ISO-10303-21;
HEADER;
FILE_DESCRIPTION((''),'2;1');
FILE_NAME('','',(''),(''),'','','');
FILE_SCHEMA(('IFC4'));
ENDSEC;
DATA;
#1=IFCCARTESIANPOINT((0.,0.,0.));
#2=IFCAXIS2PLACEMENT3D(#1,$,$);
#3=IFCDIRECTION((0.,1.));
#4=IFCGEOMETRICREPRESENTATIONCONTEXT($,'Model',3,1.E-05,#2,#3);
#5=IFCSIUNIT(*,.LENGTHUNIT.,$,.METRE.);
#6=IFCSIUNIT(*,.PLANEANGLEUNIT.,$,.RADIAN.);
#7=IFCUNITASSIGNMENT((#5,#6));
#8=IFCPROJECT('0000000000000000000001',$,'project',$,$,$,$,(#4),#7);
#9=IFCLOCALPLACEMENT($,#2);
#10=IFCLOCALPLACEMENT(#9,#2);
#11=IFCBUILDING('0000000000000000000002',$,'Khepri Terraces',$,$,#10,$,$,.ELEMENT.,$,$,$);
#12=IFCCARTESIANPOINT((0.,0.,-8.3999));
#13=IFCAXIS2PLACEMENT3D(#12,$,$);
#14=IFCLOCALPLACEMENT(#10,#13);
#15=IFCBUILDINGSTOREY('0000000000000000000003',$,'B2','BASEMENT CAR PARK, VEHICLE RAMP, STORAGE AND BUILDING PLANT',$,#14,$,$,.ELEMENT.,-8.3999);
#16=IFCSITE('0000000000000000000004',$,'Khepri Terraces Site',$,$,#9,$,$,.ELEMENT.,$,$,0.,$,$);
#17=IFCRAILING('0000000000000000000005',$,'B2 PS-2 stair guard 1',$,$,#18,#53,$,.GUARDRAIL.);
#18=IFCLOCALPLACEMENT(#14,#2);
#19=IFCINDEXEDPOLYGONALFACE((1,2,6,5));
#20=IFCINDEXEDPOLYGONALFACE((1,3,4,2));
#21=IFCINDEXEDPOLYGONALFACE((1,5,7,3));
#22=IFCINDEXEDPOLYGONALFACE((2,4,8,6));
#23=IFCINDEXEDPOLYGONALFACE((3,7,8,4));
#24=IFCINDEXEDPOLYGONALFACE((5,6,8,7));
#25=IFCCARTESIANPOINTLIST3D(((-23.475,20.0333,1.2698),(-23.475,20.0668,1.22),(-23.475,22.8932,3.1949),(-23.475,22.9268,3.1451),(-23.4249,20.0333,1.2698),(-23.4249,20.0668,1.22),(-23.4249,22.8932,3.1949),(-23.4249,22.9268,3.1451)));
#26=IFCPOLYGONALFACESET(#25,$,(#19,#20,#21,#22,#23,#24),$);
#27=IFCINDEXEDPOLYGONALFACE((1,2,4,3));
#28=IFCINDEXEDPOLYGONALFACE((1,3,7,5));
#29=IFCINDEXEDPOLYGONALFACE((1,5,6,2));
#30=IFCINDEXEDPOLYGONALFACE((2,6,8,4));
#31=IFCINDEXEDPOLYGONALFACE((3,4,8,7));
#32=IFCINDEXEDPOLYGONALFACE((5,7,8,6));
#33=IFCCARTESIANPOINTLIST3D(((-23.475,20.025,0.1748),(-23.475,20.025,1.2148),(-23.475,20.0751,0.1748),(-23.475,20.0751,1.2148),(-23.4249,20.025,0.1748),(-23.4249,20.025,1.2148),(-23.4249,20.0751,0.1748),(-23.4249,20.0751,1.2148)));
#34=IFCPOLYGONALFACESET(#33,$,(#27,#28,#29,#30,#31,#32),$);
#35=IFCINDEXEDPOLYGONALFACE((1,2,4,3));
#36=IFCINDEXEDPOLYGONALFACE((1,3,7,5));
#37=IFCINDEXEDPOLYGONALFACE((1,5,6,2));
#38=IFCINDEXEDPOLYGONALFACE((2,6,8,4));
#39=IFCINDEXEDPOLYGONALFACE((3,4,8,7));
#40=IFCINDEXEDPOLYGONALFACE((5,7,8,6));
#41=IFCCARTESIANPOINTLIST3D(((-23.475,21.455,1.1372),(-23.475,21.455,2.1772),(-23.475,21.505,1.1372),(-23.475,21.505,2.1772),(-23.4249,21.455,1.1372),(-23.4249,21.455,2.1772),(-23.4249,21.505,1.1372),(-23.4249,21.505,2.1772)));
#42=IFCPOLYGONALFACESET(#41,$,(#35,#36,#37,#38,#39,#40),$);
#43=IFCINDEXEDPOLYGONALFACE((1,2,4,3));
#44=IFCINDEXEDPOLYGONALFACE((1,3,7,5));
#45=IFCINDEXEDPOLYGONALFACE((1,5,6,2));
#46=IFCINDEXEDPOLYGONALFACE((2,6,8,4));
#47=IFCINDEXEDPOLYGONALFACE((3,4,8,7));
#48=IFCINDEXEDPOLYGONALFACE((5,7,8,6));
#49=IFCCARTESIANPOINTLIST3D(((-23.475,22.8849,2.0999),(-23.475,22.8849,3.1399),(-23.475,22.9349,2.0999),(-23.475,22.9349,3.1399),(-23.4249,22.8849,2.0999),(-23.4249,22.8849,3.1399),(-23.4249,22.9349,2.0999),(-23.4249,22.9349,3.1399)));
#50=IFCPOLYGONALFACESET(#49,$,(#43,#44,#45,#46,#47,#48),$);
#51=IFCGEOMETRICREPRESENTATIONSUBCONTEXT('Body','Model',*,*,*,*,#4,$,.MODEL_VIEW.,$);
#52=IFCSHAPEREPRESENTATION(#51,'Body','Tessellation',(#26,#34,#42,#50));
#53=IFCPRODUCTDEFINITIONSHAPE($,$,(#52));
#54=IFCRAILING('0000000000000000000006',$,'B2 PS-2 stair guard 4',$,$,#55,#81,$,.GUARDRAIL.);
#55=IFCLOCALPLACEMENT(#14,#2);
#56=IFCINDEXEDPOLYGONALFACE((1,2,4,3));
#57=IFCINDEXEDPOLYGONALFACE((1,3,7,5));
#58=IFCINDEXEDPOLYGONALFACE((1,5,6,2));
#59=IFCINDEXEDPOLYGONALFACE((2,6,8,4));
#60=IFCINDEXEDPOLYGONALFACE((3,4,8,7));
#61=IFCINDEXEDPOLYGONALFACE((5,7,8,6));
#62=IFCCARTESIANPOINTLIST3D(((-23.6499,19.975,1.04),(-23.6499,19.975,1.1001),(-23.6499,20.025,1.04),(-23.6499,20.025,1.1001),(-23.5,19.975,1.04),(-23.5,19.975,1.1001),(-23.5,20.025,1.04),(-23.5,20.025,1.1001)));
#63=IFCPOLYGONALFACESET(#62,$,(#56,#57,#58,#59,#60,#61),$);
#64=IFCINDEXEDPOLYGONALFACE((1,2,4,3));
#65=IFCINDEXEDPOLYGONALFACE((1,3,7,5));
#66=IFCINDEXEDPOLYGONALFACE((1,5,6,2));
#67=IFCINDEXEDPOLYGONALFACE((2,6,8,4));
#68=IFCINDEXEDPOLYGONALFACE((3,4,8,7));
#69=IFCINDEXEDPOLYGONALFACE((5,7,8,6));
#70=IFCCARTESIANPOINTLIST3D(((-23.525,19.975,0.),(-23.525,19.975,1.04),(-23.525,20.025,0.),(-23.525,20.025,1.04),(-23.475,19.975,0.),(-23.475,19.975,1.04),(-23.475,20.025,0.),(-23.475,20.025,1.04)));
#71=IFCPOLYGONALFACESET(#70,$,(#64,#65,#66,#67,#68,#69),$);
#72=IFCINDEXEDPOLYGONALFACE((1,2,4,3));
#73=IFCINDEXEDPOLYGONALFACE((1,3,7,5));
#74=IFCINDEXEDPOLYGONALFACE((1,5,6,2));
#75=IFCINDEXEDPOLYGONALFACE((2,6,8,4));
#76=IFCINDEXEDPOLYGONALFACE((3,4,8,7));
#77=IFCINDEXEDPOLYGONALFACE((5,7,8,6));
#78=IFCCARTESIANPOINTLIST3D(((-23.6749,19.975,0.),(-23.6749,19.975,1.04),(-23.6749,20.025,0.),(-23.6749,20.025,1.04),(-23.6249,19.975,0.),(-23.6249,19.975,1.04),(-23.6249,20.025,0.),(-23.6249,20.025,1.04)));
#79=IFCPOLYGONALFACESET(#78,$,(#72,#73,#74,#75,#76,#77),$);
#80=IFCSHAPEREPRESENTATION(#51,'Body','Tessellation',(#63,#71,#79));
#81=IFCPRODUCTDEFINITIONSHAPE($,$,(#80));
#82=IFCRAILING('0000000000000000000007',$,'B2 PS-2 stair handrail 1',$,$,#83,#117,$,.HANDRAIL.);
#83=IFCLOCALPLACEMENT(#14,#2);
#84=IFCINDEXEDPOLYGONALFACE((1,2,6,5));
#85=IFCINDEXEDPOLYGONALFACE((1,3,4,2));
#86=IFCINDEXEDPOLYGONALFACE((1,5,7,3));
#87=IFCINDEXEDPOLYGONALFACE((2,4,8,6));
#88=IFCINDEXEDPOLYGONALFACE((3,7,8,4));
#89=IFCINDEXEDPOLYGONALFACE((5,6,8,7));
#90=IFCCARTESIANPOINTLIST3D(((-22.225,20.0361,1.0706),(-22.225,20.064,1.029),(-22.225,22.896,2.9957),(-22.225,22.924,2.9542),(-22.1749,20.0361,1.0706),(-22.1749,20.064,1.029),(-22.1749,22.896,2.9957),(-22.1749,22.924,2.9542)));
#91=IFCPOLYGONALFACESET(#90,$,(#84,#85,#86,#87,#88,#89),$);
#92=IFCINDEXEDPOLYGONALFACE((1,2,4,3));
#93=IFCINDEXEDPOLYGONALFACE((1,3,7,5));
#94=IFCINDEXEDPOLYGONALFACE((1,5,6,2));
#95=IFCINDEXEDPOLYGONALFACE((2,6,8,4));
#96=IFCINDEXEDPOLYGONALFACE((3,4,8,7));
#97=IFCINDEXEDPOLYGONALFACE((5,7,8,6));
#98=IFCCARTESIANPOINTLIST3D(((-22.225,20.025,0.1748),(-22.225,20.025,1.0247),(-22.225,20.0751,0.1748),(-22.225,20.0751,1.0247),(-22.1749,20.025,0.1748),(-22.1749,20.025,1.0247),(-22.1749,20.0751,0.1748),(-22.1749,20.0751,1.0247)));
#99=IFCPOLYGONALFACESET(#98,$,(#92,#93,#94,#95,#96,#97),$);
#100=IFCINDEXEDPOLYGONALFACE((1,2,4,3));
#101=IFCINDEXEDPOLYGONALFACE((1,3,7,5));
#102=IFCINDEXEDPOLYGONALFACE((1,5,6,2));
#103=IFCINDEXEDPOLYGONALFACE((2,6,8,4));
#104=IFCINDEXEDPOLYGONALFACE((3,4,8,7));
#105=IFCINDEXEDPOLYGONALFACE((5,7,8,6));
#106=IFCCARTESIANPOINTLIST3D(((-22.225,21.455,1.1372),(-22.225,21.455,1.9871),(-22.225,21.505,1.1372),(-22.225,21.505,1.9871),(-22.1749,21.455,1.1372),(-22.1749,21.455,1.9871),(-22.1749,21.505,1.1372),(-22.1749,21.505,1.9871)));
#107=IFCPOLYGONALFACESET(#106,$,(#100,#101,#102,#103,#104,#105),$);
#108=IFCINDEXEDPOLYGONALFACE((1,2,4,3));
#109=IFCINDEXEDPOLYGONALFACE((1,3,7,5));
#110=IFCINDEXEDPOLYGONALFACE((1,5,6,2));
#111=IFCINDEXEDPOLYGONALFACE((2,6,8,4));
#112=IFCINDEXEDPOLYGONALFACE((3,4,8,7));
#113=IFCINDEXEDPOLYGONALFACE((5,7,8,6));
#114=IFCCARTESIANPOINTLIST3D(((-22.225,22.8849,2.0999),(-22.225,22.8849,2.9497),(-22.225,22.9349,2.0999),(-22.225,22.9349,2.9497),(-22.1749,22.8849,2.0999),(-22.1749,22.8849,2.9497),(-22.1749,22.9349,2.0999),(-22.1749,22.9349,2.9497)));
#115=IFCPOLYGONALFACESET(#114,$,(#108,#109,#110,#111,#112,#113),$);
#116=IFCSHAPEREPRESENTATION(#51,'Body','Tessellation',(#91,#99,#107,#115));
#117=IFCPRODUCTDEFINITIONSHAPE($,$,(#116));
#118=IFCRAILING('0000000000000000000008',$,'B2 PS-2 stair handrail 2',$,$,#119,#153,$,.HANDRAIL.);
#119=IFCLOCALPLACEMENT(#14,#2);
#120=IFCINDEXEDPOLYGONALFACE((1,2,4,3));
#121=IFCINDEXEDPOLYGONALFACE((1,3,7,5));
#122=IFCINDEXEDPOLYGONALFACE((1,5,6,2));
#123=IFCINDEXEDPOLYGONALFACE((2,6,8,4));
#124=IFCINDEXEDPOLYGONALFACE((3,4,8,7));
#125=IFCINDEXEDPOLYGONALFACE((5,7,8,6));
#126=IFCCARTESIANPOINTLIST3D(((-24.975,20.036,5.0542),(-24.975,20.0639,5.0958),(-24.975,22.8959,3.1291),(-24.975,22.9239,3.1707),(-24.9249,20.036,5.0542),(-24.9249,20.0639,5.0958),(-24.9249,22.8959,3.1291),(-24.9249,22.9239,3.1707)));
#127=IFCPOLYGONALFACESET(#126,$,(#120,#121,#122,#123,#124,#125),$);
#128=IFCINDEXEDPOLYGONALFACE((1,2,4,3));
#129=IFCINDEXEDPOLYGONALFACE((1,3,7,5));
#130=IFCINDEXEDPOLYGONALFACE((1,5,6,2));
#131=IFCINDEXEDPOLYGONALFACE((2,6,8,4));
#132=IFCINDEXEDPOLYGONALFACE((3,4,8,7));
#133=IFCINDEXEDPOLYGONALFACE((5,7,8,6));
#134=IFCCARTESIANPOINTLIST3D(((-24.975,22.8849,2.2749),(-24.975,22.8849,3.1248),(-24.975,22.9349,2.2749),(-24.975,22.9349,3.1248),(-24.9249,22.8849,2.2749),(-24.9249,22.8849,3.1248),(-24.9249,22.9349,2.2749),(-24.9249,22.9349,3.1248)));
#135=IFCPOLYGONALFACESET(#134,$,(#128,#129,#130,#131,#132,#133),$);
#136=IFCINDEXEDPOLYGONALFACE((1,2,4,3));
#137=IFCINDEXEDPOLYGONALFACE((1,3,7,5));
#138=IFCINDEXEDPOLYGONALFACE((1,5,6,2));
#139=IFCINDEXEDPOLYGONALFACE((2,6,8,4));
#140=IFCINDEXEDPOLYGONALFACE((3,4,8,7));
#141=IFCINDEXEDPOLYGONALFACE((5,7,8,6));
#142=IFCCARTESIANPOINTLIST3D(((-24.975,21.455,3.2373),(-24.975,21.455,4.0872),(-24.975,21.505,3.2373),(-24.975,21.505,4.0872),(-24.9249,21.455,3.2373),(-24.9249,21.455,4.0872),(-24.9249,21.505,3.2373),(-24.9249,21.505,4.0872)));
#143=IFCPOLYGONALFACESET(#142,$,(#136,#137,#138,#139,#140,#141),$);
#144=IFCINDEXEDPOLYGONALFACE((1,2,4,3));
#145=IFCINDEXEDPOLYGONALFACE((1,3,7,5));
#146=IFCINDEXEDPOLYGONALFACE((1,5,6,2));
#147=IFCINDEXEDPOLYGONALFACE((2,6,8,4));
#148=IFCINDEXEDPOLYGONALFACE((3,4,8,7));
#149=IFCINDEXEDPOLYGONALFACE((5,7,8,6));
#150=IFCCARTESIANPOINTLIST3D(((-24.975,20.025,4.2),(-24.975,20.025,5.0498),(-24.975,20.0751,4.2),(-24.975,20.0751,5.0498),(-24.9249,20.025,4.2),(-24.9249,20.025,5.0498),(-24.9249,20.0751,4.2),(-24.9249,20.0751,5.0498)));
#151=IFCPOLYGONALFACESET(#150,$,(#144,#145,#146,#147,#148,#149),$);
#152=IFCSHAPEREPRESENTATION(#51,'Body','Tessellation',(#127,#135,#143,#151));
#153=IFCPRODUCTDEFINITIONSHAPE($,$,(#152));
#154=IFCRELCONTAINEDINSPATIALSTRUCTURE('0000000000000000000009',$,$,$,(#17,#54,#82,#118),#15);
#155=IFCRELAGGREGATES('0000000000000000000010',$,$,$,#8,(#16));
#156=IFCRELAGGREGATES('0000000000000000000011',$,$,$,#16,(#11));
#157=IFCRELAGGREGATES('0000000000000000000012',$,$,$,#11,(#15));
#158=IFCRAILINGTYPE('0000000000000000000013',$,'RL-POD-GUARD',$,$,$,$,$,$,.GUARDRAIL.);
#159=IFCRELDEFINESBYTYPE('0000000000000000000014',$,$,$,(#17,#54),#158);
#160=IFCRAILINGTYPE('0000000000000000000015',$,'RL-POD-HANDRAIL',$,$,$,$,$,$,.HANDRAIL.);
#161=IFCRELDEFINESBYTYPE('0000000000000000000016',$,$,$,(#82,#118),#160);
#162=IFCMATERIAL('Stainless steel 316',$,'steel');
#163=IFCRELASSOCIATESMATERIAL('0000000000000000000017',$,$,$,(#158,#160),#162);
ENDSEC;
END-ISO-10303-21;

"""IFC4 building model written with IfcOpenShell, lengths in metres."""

from ifc_helpers import new_model, si_unit, direction, frame, origin, origin_2d, place, context, subcontext, project, spatial, rectangle, extrude, material, type_object, element, save


model = new_model("IFC4")

# Units and contexts
model_context = context("Model", 3, precision=1e-05, world=origin(), true_north=direction((0.0, 1.0)))
body_context = subcontext(model_context, "Body", "Model", "MODEL_VIEW")
ifc_project = project(units=[si_unit("LENGTHUNIT", "METRE"), si_unit("PLANEANGLEUNIT", "RADIAN")], contexts=[model_context])

# Site, building, storey
site_placement = place(None, origin())
site = spatial("IfcSite", under=ifc_project, at=site_placement, Name="Khepri Terraces Site", CompositionType="ELEMENT", RefElevation=0.0)
building_placement = place(site_placement, origin())
building = spatial("IfcBuilding", under=site, at=building_placement, Name="Khepri Terraces", CompositionType="ELEMENT")
storey_placement = place(building_placement, frame((0.0, 0.0, -8.3999)))
storey = spatial("IfcBuildingStorey", under=building, at=storey_placement, Name="B2", Description="BASEMENT CAR PARK, VEHICLE RAMP, STORAGE AND BUILDING PLANT", CompositionType="ELEMENT", Elevation=-8.3999)

# Railings
ifc_material_1 = material(Name="Stainless steel 316", Category="steel")
railing_type_1 = type_object("IfcRailingType", Name="RL-POD-GUARD", PredefinedType="GUARDRAIL", material=ifc_material_1)
railing_1_placement = place(storey_placement, frame((-23.45, 20.05, 0.1748)))
element("IfcRailing", 1, at=railing_1_placement, inside=storey, type_object=railing_type_1, Name="B2 PS-2 stair guard 1", PredefinedType="GUARDRAIL", context=body_context, shape_type="SweptSolid", body=[
    extrude(rectangle(XDim=0.05, YDim=0.0601, at=origin_2d()), frame((0.0, 0.0, 1.0701), z_axis=(0.0, 0.829569, 0.558404), x_axis=(-1.0, 0.0, 0.0)), (0.0, 0.0, 1.0), 3.4475),
    extrude(rectangle(XDim=0.05, YDim=0.05, at=origin_2d()), origin(), (0.0, 0.0, 1.0), 1.04),
    extrude(rectangle(XDim=0.05, YDim=0.05, at=origin_2d()), frame((0.0, 1.4299, 0.9624)), (0.0, 0.0, 1.0), 1.04),
    extrude(rectangle(XDim=0.05, YDim=0.05, at=origin_2d()), frame((0.0, 2.8599, 1.925)), (0.0, 0.0, 1.0), 1.04),
])
railing_2_placement = place(storey_placement, frame((-23.5, 20.0, 0.0)))
element("IfcRailing", 2, at=railing_2_placement, inside=storey, type_object=railing_type_1, Name="B2 PS-2 stair guard 4", PredefinedType="GUARDRAIL", context=body_context, shape_type="SweptSolid", body=[
    extrude(rectangle(XDim=0.05, YDim=0.0601, at=origin_2d()), frame((0.0, 0.0, 1.0701), z_axis=(-1.0, 0.0, 0.0), x_axis=(0.0, -1.0, 0.0)), (0.0, 0.0, 1.0), 0.1499),
    extrude(rectangle(XDim=0.05, YDim=0.05, at=origin_2d()), origin(), (0.0, 0.0, 1.0), 1.04),
    extrude(rectangle(XDim=0.05, YDim=0.05, at=origin_2d()), frame((-0.1499, 0.0, 0.0)), (0.0, 0.0, 1.0), 1.04),
])
railing_type_2 = type_object("IfcRailingType", Name="RL-POD-HANDRAIL", PredefinedType="HANDRAIL", material=ifc_material_1)
railing_3_placement = place(storey_placement, frame((-22.2, 20.05, 0.1748)))
element("IfcRailing", 3, at=railing_3_placement, inside=storey, type_object=railing_type_2, Name="B2 PS-2 stair handrail 1", PredefinedType="HANDRAIL", context=body_context, shape_type="SweptSolid", body=[
    extrude(rectangle(XDim=0.05, YDim=0.05, at=origin_2d()), frame((0.0, 0.0, 0.875), z_axis=(0.0, 0.829569, 0.558404), x_axis=(-1.0, 0.0, 0.0)), (0.0, 0.0, 1.0), 3.4475),
    extrude(rectangle(XDim=0.05, YDim=0.05, at=origin_2d()), origin(), (0.0, 0.0, 1.0), 0.8499),
    extrude(rectangle(XDim=0.05, YDim=0.05, at=origin_2d()), frame((0.0, 1.4299, 0.9624)), (0.0, 0.0, 1.0), 0.8499),
    extrude(rectangle(XDim=0.05, YDim=0.05, at=origin_2d()), frame((0.0, 2.8599, 1.925)), (0.0, 0.0, 1.0), 0.8499),
])
railing_4_placement = place(storey_placement, frame((-24.95, 22.9099, 2.2749)))
element("IfcRailing", 4, at=railing_4_placement, inside=storey, type_object=railing_type_2, Name="B2 PS-2 stair handrail 2", PredefinedType="HANDRAIL", context=body_context, shape_type="SweptSolid", body=[
    extrude(rectangle(XDim=0.05, YDim=0.05, at=origin_2d()), frame((0.0, 0.0, 0.875), z_axis=(0.0, -0.829569, 0.558404), x_axis=(1.0, 0.0, 0.0)), (0.0, 0.0, 1.0), 3.4475),
    extrude(rectangle(XDim=0.05, YDim=0.05, at=origin_2d()), origin(), (0.0, 0.0, 1.0), 0.8499),
    extrude(rectangle(XDim=0.05, YDim=0.05, at=origin_2d()), frame((0.0, -1.4299, 0.9624)), (0.0, 0.0, 1.0), 0.8499),
    extrude(rectangle(XDim=0.05, YDim=0.05, at=origin_2d()), frame((0.0, -2.8599, 1.925)), (0.0, 0.0, 1.0), 0.8499),
])

save(model, "model.ifc")
